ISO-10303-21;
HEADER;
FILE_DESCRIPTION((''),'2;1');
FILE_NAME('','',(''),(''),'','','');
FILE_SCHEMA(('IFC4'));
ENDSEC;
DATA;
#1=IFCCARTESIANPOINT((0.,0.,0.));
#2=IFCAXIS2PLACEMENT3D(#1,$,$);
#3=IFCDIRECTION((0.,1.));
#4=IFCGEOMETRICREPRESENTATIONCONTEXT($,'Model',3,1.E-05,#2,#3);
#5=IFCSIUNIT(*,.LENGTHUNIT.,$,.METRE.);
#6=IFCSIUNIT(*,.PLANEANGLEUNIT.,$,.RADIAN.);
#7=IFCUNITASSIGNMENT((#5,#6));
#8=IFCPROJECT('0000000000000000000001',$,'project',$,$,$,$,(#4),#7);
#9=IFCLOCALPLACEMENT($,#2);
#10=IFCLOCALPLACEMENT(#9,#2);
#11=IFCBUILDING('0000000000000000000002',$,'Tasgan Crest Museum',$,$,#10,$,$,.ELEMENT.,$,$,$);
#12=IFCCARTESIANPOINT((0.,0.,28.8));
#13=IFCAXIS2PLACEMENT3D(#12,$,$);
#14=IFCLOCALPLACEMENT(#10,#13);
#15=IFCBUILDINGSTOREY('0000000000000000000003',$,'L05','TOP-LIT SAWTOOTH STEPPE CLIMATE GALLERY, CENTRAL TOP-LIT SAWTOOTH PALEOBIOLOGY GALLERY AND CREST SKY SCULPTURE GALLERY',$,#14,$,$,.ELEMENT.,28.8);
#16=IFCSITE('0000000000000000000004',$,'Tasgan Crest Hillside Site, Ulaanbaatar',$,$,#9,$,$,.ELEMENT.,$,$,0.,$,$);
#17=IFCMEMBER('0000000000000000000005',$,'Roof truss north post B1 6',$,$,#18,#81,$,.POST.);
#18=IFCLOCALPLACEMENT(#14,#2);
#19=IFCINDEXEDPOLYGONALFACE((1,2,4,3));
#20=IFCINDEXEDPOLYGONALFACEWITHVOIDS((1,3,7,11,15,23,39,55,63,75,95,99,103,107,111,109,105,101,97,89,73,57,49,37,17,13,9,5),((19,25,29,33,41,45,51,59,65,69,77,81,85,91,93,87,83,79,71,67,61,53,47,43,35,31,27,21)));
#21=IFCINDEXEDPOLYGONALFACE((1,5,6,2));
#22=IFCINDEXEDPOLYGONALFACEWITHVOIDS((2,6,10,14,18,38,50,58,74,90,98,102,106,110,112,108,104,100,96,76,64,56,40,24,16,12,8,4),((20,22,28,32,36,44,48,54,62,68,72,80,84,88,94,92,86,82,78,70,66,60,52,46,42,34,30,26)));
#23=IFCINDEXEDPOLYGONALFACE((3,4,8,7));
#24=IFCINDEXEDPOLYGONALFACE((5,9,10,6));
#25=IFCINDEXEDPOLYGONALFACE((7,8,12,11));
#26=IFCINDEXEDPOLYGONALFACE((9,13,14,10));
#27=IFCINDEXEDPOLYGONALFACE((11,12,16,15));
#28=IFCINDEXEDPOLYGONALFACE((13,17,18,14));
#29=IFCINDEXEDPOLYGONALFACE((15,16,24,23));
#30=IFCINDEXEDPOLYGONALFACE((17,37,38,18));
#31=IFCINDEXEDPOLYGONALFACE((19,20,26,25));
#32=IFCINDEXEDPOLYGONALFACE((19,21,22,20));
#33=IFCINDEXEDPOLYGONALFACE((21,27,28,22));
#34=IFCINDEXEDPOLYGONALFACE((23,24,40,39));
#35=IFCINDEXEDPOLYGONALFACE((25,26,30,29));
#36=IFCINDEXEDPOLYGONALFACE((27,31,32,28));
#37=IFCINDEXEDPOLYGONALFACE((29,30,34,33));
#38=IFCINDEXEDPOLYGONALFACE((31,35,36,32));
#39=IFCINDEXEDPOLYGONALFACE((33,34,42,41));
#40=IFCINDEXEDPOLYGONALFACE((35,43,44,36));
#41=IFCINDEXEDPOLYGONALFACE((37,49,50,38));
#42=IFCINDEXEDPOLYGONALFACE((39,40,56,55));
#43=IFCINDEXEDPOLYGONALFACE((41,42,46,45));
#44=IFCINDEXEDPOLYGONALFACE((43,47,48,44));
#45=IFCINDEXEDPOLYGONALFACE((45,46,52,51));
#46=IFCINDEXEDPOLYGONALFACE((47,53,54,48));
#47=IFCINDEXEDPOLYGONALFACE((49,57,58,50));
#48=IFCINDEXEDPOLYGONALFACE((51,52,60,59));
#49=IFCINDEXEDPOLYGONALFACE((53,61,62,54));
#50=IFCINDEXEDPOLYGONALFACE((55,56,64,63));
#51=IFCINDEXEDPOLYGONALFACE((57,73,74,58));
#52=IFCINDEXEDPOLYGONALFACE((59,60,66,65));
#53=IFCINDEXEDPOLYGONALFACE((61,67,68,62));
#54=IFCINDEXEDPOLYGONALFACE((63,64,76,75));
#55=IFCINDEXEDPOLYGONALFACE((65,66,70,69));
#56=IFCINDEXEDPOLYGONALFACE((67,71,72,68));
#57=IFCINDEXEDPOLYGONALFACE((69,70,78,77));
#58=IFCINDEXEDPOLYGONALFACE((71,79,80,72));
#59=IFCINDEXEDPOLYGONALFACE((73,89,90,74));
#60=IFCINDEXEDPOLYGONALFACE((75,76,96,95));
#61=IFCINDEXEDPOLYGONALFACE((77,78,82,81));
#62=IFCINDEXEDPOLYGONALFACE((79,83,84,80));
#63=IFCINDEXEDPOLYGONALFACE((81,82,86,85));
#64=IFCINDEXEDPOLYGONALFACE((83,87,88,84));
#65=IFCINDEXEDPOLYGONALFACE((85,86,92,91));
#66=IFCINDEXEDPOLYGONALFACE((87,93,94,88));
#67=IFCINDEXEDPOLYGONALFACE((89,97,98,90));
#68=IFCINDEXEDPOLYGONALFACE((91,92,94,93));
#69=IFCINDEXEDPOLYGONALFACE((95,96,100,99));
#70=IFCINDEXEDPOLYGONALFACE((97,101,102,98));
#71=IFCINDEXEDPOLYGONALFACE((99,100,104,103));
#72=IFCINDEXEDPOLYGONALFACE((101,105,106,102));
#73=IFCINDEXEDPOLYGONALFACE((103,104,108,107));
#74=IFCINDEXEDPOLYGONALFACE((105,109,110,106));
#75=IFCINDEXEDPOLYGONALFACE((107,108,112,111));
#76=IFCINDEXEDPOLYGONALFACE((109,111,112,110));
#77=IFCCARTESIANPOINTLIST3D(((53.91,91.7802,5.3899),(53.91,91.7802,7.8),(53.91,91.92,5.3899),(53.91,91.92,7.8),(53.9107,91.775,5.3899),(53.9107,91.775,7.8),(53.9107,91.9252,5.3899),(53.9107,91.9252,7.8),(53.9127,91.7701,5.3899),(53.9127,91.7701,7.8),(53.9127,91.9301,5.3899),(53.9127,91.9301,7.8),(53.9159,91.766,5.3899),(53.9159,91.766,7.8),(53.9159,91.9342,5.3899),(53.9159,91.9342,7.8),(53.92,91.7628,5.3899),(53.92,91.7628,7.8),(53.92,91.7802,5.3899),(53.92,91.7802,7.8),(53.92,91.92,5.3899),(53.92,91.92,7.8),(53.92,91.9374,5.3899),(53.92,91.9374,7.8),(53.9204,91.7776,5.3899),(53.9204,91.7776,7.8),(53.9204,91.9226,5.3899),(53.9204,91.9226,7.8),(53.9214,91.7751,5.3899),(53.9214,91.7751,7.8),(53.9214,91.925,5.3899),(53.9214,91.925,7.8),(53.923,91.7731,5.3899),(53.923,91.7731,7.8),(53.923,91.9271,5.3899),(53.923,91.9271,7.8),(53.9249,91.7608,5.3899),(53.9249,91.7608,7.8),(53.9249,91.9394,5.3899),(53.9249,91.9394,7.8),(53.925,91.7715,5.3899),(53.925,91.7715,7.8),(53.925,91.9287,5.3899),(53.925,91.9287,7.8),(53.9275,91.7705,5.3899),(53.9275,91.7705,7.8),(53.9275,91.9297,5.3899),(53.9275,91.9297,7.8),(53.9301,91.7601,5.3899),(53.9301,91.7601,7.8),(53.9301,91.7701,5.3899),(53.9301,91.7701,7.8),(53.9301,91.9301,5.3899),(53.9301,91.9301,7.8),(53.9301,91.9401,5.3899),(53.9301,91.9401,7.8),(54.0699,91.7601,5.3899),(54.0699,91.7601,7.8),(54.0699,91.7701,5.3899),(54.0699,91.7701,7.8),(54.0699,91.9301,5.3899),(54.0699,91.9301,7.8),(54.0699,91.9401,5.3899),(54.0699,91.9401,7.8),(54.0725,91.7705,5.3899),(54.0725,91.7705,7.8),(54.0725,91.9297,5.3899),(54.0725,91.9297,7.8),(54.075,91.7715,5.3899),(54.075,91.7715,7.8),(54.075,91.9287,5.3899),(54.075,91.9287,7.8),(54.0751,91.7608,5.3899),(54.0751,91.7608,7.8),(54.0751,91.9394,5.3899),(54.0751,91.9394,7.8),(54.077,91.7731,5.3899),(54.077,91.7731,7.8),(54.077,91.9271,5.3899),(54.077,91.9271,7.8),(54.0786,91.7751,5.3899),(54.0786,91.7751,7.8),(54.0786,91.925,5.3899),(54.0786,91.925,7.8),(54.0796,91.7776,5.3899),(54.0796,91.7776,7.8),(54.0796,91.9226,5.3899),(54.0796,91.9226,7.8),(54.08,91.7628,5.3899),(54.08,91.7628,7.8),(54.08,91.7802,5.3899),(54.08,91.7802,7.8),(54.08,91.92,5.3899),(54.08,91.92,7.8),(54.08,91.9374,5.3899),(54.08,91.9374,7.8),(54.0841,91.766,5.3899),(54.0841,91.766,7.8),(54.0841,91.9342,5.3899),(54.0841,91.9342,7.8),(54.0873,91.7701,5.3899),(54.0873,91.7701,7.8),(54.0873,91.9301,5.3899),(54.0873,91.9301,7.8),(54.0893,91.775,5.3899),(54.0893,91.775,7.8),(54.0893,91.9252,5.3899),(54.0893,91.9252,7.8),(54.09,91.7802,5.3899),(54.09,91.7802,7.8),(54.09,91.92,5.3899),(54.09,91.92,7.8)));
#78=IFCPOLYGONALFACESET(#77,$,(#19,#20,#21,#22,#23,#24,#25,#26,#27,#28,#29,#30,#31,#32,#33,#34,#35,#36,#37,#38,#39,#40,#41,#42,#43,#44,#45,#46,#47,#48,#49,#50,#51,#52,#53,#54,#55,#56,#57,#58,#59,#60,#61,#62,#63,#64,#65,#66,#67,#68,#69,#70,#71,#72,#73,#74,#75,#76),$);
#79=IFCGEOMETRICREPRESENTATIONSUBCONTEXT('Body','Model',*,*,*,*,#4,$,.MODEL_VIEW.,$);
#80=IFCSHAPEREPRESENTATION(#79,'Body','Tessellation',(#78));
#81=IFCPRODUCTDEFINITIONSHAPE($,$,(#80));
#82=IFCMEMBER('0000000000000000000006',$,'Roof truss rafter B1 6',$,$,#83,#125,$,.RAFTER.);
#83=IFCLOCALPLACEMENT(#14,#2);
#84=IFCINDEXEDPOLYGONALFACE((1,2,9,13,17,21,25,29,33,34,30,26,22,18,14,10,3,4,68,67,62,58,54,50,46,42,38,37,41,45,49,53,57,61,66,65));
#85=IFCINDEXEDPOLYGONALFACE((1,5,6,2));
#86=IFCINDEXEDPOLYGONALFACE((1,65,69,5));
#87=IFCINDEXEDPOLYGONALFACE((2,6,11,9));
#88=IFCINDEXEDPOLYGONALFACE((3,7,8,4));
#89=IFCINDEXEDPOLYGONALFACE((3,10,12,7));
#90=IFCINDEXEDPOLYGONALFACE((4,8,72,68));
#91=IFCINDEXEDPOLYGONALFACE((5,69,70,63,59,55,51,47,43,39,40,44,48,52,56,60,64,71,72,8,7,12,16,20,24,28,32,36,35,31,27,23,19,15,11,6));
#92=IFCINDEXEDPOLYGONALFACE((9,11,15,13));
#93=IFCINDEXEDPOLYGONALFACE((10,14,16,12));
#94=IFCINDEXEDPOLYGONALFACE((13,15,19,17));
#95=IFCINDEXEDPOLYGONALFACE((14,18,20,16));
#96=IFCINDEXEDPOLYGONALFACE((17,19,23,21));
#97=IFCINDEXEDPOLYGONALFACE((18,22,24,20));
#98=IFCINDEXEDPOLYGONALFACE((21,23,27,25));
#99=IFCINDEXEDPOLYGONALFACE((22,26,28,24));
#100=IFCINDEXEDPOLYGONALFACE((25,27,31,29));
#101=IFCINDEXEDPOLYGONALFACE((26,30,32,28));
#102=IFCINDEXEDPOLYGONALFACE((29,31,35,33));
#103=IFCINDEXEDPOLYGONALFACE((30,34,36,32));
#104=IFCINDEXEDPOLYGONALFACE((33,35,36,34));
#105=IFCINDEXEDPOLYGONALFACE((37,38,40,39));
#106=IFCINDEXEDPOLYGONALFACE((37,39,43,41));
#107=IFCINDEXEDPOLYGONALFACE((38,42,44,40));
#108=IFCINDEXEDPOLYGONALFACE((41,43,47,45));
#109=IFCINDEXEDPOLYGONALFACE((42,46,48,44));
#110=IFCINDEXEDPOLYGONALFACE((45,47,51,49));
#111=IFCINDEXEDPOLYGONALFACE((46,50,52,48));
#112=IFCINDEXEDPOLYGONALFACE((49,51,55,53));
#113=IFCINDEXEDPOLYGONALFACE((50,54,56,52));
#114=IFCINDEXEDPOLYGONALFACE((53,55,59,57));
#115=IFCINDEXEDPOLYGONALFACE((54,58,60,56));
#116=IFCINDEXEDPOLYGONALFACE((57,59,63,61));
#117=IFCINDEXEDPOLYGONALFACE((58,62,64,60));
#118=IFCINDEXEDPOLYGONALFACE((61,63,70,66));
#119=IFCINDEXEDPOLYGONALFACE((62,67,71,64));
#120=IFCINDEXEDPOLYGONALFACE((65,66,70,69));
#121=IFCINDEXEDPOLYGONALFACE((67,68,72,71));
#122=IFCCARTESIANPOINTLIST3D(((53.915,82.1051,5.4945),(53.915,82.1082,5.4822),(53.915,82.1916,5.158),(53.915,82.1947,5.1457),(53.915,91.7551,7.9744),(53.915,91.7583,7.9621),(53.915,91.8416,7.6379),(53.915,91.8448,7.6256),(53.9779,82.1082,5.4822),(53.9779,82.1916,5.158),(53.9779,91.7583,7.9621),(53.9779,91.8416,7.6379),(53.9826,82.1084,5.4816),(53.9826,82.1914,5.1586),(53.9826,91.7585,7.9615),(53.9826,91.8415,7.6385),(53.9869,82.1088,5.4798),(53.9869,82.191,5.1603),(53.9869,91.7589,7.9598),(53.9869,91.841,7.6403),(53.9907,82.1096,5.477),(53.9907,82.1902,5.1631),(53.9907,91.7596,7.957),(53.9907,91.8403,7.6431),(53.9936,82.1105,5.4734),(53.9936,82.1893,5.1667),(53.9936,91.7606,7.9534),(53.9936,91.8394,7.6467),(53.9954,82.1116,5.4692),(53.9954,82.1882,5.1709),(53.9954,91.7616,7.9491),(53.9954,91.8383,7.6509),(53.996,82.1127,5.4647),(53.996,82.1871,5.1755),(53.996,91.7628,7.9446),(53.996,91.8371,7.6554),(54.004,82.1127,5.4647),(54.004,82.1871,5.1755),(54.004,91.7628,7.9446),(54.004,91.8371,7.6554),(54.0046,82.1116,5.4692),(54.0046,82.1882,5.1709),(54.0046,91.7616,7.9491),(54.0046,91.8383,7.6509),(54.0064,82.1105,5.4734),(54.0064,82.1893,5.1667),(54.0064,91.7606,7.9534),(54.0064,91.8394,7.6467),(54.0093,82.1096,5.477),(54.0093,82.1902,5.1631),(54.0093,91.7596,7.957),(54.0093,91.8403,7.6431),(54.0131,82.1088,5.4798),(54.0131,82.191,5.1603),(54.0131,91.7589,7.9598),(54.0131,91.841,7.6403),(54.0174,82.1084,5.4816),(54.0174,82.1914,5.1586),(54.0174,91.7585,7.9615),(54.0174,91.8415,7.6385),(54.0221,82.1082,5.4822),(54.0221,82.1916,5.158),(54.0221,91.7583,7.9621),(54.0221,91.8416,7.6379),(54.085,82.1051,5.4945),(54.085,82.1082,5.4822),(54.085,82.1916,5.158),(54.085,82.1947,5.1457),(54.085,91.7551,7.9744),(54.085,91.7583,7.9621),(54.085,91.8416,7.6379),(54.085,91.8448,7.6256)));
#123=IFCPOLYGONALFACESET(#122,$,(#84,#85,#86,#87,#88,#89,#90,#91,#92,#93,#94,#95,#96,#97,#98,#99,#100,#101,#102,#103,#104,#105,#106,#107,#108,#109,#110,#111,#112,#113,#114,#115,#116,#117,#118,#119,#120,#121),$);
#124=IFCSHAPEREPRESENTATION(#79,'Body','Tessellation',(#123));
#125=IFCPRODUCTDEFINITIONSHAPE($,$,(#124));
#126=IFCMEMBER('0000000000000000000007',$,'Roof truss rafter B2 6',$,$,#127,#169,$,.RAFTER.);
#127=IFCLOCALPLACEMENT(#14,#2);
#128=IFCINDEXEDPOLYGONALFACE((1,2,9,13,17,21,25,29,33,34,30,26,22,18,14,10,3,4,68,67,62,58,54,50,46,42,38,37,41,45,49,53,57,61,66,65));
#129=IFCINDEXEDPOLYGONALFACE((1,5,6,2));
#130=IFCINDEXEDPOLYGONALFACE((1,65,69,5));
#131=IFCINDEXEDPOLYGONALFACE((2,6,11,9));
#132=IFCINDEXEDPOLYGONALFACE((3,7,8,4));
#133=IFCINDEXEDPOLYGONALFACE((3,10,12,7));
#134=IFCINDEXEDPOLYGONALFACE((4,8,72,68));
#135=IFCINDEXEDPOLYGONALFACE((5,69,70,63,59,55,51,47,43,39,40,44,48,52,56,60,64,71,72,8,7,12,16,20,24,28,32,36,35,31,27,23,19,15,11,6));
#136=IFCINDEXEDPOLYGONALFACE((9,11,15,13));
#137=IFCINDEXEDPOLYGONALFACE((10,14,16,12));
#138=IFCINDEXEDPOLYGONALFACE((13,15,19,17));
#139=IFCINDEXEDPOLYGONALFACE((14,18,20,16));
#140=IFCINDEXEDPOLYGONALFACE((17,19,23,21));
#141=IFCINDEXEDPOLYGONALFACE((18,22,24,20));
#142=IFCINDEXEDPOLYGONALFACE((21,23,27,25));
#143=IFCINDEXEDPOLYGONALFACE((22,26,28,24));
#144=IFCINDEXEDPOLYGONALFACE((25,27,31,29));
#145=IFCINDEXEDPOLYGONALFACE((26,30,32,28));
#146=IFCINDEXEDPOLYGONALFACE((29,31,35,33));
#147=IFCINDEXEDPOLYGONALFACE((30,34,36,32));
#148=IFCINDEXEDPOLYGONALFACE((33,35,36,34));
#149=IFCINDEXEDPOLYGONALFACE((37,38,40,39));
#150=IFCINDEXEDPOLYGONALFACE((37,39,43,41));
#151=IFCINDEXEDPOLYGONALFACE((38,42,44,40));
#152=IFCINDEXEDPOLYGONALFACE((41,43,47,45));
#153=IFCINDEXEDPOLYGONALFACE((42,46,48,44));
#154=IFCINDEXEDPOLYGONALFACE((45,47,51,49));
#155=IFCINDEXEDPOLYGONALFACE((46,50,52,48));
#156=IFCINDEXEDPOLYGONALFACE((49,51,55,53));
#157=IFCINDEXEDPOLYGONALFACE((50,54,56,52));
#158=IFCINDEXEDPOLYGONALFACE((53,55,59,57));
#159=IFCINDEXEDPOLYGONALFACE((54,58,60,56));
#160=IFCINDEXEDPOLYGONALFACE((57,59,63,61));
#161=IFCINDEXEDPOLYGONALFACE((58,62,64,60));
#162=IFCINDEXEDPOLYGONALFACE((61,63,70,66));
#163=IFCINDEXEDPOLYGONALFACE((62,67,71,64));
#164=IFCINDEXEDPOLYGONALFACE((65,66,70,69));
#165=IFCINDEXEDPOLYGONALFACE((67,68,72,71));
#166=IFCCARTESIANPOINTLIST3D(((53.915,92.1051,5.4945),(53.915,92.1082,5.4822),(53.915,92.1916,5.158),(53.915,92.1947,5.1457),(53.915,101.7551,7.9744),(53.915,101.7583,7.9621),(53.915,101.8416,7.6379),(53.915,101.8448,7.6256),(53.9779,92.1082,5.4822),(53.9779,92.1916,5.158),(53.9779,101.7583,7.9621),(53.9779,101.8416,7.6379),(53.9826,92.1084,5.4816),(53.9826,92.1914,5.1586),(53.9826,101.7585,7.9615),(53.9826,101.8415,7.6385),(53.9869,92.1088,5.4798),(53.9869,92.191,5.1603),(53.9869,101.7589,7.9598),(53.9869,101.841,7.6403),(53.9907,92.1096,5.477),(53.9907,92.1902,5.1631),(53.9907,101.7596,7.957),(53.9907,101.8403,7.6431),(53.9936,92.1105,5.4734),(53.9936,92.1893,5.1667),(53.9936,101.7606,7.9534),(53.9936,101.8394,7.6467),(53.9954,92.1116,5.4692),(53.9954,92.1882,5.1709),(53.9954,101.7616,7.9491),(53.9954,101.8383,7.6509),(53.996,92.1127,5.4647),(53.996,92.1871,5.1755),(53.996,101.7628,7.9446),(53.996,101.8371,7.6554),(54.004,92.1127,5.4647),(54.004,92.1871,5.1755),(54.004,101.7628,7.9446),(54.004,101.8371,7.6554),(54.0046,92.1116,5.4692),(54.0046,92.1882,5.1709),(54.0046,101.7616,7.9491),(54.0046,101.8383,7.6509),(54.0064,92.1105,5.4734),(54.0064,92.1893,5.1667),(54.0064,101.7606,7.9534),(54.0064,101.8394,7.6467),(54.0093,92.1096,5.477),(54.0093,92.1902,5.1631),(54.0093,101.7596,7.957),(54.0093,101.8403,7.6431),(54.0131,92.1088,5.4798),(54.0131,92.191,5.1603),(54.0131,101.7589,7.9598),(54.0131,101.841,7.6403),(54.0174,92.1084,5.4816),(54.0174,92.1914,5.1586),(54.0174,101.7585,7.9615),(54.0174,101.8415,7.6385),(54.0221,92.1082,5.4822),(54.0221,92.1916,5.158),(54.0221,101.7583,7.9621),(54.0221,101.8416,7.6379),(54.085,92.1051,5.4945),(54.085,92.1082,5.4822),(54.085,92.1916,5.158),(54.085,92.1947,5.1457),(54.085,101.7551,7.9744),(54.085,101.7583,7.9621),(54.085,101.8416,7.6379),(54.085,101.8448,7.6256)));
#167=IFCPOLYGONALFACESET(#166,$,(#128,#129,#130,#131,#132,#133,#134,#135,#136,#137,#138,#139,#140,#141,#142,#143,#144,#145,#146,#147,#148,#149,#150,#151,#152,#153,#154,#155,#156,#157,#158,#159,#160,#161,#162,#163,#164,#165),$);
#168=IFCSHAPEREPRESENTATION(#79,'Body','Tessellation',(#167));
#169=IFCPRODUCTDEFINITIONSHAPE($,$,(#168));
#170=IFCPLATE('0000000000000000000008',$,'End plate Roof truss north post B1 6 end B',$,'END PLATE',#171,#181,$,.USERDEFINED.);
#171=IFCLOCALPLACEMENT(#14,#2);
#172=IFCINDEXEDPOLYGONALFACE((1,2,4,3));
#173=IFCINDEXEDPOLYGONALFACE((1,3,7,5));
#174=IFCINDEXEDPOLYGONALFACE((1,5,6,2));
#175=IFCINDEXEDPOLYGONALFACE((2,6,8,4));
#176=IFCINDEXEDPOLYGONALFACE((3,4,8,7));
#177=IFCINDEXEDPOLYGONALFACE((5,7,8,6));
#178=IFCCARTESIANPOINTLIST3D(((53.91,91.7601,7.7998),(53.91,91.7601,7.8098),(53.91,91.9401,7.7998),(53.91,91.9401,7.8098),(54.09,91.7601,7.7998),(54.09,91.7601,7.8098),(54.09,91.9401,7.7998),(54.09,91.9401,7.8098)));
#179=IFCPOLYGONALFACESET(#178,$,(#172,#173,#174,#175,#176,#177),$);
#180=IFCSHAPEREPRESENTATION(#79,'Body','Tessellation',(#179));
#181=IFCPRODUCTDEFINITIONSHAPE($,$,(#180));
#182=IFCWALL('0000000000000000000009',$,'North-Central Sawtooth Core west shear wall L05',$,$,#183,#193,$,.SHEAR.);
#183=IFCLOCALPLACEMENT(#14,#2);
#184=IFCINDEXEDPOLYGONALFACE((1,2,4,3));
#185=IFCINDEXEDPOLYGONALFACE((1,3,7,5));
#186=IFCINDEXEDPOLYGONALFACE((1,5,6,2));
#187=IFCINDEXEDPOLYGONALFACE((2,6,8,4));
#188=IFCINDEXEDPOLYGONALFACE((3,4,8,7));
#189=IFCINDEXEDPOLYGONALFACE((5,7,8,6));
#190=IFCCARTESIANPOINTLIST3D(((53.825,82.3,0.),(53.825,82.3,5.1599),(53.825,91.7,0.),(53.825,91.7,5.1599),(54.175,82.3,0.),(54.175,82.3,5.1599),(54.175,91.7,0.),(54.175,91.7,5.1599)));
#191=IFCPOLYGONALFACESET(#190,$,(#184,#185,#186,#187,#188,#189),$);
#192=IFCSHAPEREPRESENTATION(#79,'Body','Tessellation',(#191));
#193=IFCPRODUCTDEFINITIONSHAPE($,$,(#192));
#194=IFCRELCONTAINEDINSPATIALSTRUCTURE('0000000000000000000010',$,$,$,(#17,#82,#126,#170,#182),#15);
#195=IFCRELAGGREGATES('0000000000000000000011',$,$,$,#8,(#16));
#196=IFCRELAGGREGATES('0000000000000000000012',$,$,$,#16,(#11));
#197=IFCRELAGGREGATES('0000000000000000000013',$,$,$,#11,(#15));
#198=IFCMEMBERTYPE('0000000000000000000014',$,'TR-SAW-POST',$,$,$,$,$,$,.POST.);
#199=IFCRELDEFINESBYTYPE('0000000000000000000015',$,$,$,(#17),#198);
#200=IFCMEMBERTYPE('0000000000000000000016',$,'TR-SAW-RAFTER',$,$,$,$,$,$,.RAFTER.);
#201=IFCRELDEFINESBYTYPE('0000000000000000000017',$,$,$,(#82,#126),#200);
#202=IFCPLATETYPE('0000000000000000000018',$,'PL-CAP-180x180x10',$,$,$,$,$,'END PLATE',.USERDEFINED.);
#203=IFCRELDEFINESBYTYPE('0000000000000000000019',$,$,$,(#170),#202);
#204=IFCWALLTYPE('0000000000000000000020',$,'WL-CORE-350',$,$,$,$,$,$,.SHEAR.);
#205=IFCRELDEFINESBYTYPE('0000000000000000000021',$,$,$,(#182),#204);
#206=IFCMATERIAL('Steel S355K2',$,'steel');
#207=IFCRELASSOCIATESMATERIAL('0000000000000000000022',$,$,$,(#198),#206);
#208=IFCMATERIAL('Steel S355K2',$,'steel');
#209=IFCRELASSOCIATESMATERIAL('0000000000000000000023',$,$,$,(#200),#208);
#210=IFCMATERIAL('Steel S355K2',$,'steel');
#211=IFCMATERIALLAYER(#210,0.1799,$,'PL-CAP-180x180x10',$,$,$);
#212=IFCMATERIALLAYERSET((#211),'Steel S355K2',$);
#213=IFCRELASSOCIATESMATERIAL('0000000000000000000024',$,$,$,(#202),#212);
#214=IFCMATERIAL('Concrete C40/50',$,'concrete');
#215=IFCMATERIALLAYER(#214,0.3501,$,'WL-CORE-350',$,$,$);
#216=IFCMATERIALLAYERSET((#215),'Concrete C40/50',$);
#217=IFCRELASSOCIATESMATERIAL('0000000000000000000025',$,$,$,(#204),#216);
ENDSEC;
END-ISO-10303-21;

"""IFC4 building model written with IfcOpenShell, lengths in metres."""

from ifc_helpers import new_model, si_unit, direction, frame, frame_2d, origin, origin_2d, place, context, subcontext, project, spatial, rectangle, hollow_rectangle, i_section, extrude, material, layer, layer_set, material_profile, profile_set, type_object, element, save


model = new_model("IFC4")

# Units and contexts
model_context = context("Model", 3, precision=1e-05, world=origin(), true_north=direction((0.0, 1.0)))
body_context = subcontext(model_context, "Body", "Model", "MODEL_VIEW")
ifc_project = project(units=[si_unit("LENGTHUNIT", "METRE"), si_unit("PLANEANGLEUNIT", "RADIAN")], contexts=[model_context])

# Site, building, storey
site_placement = place(None, origin())
site = spatial("IfcSite", under=ifc_project, at=site_placement, Name="Tasgan Crest Hillside Site, Ulaanbaatar", CompositionType="ELEMENT", RefElevation=0.0)
building_placement = place(site_placement, origin())
building = spatial("IfcBuilding", under=site, at=building_placement, Name="Tasgan Crest Museum", CompositionType="ELEMENT")
storey_placement = place(building_placement, frame((0.0, 0.0, 28.8)))
storey = spatial("IfcBuildingStorey", under=building, at=storey_placement, Name="L05", Description="TOP-LIT SAWTOOTH STEPPE CLIMATE GALLERY, CENTRAL TOP-LIT SAWTOOTH PALEOBIOLOGY GALLERY AND CREST SKY SCULPTURE GALLERY", CompositionType="ELEMENT", Elevation=28.8)

# Members
ifc_material_1 = material(Name="Steel S355K2", Category="steel")
ifc_material_profile_1 = material_profile(ifc_material_1, hollow_rectangle(XDim=0.1799, YDim=0.1799, WallThickness=0.01, InnerFilletRadius=0.01, OuterFilletRadius=0.02, at=origin_2d()), Name="SHS 180x180x10")
ifc_profile_set_1 = profile_set([ifc_material_profile_1], Name="Steel S355K2")
member_type_1 = type_object("IfcMemberType", Name="TR-SAW-POST", PredefinedType="POST", material=ifc_profile_set_1)
member_1_placement = place(storey_placement, frame((54.0, 91.8501, 5.3899), z_axis=(0.0, 0.0, 1.0), x_axis=(1.0, 0.0, 0.0)))
element("IfcMember", 1, at=member_1_placement, inside=storey, type_object=member_type_1, Name="Roof truss north post B1 6", PredefinedType="POST", context=body_context, shape_type="SweptSolid", body=[
    extrude(hollow_rectangle(XDim=0.1799, YDim=0.1799, WallThickness=0.01, InnerFilletRadius=0.01, OuterFilletRadius=0.02, at=origin_2d()), origin(), (0.0, 0.0, 1.0), 2.4102),
])
ifc_material_2 = material(Name="Steel S355K2", Category="steel")
ifc_material_profile_2 = material_profile(ifc_material_2, i_section(OverallWidth=0.1699, OverallDepth=0.3601, WebThickness=0.0081, FlangeThickness=0.0127, FilletRadius=0.0181, at=origin_2d()), Name="IPE 360")
ifc_profile_set_2 = profile_set([ifc_material_profile_2], Name="Steel S355K2")
member_type_2 = type_object("IfcMemberType", Name="TR-SAW-RAFTER", PredefinedType="RAFTER", material=ifc_profile_set_2)
for number, where, z_axis, x_axis, name in (
    (2, (54.0, 82.1499, 5.3201), (0.0, 0.968529, 0.248901), (-1.0, 0.0, 0.0), "Roof truss rafter B1 6"),
    (3, (54.0, 92.1499, 5.3201), (0.0, 0.968529, 0.248901), (-1.0, 0.0, 0.0), "Roof truss rafter B2 6"),
):
    element("IfcMember", number, at=place(storey_placement, frame(where, z_axis=z_axis, x_axis=x_axis)), inside=storey, type_object=member_type_2, Name=name, PredefinedType="RAFTER", context=body_context, shape_type="SweptSolid", body=[
        extrude(i_section(OverallWidth=0.1699, OverallDepth=0.3601, WebThickness=0.0081, FlangeThickness=0.0127, FilletRadius=0.0181, at=origin_2d()), origin(), (0.0, 0.0, 1.0), 9.9636),
    ])

# Plate
ifc_material_3 = material(Name="Steel S355K2", Category="steel")
ifc_layer_1 = layer(ifc_material_3, 0.1799, Name="PL-CAP-180x180x10")
ifc_layer_set_1 = layer_set([ifc_layer_1], Name="Steel S355K2")
plate_type = type_object("IfcPlateType", Name="PL-CAP-180x180x10", ElementType="END PLATE", PredefinedType="USERDEFINED", material=ifc_layer_set_1)
plate_placement = place(storey_placement, frame((54.0, 91.8501, 7.7998), z_axis=(0.0, 0.0, 1.0), x_axis=(1.0, 0.0, 0.0)))
element("IfcPlate", 4, at=plate_placement, inside=storey, type_object=plate_type, Name="End plate Roof truss north post B1 6 end B", ObjectType="END PLATE", PredefinedType="USERDEFINED", context=body_context, shape_type="SweptSolid", body=[
    extrude(rectangle(XDim=0.1799, YDim=0.1799, at=origin_2d()), origin(), (0.0, 0.0, 1.0), 0.01),
])

# Wall
ifc_material_4 = material(Name="Concrete C40/50", Category="concrete")
ifc_layer_2 = layer(ifc_material_4, 0.3501, Name="WL-CORE-350")
ifc_layer_set_2 = layer_set([ifc_layer_2], Name="Concrete C40/50")
wall_type_1 = type_object("IfcWallType", Name="WL-CORE-350", PredefinedType="SHEAR", material=ifc_layer_set_2)
wall_1_placement = place(storey_placement, frame((54.0, 82.3, 0.0), z_axis=(0.0, 0.0, 1.0), x_axis=(0.0, 1.0, 0.0)))
element("IfcWall", 5, at=wall_1_placement, inside=storey, type_object=wall_type_1, Name="North-Central Sawtooth Core west shear wall L05", PredefinedType="SHEAR", context=body_context, shape_type="SweptSolid", body=[
    extrude(rectangle(XDim=9.3999, YDim=0.3501, at=frame_2d((4.7, 0.0))), origin(), (0.0, 0.0, 1.0), 5.1599),
])

save(model, "model.ifc")
